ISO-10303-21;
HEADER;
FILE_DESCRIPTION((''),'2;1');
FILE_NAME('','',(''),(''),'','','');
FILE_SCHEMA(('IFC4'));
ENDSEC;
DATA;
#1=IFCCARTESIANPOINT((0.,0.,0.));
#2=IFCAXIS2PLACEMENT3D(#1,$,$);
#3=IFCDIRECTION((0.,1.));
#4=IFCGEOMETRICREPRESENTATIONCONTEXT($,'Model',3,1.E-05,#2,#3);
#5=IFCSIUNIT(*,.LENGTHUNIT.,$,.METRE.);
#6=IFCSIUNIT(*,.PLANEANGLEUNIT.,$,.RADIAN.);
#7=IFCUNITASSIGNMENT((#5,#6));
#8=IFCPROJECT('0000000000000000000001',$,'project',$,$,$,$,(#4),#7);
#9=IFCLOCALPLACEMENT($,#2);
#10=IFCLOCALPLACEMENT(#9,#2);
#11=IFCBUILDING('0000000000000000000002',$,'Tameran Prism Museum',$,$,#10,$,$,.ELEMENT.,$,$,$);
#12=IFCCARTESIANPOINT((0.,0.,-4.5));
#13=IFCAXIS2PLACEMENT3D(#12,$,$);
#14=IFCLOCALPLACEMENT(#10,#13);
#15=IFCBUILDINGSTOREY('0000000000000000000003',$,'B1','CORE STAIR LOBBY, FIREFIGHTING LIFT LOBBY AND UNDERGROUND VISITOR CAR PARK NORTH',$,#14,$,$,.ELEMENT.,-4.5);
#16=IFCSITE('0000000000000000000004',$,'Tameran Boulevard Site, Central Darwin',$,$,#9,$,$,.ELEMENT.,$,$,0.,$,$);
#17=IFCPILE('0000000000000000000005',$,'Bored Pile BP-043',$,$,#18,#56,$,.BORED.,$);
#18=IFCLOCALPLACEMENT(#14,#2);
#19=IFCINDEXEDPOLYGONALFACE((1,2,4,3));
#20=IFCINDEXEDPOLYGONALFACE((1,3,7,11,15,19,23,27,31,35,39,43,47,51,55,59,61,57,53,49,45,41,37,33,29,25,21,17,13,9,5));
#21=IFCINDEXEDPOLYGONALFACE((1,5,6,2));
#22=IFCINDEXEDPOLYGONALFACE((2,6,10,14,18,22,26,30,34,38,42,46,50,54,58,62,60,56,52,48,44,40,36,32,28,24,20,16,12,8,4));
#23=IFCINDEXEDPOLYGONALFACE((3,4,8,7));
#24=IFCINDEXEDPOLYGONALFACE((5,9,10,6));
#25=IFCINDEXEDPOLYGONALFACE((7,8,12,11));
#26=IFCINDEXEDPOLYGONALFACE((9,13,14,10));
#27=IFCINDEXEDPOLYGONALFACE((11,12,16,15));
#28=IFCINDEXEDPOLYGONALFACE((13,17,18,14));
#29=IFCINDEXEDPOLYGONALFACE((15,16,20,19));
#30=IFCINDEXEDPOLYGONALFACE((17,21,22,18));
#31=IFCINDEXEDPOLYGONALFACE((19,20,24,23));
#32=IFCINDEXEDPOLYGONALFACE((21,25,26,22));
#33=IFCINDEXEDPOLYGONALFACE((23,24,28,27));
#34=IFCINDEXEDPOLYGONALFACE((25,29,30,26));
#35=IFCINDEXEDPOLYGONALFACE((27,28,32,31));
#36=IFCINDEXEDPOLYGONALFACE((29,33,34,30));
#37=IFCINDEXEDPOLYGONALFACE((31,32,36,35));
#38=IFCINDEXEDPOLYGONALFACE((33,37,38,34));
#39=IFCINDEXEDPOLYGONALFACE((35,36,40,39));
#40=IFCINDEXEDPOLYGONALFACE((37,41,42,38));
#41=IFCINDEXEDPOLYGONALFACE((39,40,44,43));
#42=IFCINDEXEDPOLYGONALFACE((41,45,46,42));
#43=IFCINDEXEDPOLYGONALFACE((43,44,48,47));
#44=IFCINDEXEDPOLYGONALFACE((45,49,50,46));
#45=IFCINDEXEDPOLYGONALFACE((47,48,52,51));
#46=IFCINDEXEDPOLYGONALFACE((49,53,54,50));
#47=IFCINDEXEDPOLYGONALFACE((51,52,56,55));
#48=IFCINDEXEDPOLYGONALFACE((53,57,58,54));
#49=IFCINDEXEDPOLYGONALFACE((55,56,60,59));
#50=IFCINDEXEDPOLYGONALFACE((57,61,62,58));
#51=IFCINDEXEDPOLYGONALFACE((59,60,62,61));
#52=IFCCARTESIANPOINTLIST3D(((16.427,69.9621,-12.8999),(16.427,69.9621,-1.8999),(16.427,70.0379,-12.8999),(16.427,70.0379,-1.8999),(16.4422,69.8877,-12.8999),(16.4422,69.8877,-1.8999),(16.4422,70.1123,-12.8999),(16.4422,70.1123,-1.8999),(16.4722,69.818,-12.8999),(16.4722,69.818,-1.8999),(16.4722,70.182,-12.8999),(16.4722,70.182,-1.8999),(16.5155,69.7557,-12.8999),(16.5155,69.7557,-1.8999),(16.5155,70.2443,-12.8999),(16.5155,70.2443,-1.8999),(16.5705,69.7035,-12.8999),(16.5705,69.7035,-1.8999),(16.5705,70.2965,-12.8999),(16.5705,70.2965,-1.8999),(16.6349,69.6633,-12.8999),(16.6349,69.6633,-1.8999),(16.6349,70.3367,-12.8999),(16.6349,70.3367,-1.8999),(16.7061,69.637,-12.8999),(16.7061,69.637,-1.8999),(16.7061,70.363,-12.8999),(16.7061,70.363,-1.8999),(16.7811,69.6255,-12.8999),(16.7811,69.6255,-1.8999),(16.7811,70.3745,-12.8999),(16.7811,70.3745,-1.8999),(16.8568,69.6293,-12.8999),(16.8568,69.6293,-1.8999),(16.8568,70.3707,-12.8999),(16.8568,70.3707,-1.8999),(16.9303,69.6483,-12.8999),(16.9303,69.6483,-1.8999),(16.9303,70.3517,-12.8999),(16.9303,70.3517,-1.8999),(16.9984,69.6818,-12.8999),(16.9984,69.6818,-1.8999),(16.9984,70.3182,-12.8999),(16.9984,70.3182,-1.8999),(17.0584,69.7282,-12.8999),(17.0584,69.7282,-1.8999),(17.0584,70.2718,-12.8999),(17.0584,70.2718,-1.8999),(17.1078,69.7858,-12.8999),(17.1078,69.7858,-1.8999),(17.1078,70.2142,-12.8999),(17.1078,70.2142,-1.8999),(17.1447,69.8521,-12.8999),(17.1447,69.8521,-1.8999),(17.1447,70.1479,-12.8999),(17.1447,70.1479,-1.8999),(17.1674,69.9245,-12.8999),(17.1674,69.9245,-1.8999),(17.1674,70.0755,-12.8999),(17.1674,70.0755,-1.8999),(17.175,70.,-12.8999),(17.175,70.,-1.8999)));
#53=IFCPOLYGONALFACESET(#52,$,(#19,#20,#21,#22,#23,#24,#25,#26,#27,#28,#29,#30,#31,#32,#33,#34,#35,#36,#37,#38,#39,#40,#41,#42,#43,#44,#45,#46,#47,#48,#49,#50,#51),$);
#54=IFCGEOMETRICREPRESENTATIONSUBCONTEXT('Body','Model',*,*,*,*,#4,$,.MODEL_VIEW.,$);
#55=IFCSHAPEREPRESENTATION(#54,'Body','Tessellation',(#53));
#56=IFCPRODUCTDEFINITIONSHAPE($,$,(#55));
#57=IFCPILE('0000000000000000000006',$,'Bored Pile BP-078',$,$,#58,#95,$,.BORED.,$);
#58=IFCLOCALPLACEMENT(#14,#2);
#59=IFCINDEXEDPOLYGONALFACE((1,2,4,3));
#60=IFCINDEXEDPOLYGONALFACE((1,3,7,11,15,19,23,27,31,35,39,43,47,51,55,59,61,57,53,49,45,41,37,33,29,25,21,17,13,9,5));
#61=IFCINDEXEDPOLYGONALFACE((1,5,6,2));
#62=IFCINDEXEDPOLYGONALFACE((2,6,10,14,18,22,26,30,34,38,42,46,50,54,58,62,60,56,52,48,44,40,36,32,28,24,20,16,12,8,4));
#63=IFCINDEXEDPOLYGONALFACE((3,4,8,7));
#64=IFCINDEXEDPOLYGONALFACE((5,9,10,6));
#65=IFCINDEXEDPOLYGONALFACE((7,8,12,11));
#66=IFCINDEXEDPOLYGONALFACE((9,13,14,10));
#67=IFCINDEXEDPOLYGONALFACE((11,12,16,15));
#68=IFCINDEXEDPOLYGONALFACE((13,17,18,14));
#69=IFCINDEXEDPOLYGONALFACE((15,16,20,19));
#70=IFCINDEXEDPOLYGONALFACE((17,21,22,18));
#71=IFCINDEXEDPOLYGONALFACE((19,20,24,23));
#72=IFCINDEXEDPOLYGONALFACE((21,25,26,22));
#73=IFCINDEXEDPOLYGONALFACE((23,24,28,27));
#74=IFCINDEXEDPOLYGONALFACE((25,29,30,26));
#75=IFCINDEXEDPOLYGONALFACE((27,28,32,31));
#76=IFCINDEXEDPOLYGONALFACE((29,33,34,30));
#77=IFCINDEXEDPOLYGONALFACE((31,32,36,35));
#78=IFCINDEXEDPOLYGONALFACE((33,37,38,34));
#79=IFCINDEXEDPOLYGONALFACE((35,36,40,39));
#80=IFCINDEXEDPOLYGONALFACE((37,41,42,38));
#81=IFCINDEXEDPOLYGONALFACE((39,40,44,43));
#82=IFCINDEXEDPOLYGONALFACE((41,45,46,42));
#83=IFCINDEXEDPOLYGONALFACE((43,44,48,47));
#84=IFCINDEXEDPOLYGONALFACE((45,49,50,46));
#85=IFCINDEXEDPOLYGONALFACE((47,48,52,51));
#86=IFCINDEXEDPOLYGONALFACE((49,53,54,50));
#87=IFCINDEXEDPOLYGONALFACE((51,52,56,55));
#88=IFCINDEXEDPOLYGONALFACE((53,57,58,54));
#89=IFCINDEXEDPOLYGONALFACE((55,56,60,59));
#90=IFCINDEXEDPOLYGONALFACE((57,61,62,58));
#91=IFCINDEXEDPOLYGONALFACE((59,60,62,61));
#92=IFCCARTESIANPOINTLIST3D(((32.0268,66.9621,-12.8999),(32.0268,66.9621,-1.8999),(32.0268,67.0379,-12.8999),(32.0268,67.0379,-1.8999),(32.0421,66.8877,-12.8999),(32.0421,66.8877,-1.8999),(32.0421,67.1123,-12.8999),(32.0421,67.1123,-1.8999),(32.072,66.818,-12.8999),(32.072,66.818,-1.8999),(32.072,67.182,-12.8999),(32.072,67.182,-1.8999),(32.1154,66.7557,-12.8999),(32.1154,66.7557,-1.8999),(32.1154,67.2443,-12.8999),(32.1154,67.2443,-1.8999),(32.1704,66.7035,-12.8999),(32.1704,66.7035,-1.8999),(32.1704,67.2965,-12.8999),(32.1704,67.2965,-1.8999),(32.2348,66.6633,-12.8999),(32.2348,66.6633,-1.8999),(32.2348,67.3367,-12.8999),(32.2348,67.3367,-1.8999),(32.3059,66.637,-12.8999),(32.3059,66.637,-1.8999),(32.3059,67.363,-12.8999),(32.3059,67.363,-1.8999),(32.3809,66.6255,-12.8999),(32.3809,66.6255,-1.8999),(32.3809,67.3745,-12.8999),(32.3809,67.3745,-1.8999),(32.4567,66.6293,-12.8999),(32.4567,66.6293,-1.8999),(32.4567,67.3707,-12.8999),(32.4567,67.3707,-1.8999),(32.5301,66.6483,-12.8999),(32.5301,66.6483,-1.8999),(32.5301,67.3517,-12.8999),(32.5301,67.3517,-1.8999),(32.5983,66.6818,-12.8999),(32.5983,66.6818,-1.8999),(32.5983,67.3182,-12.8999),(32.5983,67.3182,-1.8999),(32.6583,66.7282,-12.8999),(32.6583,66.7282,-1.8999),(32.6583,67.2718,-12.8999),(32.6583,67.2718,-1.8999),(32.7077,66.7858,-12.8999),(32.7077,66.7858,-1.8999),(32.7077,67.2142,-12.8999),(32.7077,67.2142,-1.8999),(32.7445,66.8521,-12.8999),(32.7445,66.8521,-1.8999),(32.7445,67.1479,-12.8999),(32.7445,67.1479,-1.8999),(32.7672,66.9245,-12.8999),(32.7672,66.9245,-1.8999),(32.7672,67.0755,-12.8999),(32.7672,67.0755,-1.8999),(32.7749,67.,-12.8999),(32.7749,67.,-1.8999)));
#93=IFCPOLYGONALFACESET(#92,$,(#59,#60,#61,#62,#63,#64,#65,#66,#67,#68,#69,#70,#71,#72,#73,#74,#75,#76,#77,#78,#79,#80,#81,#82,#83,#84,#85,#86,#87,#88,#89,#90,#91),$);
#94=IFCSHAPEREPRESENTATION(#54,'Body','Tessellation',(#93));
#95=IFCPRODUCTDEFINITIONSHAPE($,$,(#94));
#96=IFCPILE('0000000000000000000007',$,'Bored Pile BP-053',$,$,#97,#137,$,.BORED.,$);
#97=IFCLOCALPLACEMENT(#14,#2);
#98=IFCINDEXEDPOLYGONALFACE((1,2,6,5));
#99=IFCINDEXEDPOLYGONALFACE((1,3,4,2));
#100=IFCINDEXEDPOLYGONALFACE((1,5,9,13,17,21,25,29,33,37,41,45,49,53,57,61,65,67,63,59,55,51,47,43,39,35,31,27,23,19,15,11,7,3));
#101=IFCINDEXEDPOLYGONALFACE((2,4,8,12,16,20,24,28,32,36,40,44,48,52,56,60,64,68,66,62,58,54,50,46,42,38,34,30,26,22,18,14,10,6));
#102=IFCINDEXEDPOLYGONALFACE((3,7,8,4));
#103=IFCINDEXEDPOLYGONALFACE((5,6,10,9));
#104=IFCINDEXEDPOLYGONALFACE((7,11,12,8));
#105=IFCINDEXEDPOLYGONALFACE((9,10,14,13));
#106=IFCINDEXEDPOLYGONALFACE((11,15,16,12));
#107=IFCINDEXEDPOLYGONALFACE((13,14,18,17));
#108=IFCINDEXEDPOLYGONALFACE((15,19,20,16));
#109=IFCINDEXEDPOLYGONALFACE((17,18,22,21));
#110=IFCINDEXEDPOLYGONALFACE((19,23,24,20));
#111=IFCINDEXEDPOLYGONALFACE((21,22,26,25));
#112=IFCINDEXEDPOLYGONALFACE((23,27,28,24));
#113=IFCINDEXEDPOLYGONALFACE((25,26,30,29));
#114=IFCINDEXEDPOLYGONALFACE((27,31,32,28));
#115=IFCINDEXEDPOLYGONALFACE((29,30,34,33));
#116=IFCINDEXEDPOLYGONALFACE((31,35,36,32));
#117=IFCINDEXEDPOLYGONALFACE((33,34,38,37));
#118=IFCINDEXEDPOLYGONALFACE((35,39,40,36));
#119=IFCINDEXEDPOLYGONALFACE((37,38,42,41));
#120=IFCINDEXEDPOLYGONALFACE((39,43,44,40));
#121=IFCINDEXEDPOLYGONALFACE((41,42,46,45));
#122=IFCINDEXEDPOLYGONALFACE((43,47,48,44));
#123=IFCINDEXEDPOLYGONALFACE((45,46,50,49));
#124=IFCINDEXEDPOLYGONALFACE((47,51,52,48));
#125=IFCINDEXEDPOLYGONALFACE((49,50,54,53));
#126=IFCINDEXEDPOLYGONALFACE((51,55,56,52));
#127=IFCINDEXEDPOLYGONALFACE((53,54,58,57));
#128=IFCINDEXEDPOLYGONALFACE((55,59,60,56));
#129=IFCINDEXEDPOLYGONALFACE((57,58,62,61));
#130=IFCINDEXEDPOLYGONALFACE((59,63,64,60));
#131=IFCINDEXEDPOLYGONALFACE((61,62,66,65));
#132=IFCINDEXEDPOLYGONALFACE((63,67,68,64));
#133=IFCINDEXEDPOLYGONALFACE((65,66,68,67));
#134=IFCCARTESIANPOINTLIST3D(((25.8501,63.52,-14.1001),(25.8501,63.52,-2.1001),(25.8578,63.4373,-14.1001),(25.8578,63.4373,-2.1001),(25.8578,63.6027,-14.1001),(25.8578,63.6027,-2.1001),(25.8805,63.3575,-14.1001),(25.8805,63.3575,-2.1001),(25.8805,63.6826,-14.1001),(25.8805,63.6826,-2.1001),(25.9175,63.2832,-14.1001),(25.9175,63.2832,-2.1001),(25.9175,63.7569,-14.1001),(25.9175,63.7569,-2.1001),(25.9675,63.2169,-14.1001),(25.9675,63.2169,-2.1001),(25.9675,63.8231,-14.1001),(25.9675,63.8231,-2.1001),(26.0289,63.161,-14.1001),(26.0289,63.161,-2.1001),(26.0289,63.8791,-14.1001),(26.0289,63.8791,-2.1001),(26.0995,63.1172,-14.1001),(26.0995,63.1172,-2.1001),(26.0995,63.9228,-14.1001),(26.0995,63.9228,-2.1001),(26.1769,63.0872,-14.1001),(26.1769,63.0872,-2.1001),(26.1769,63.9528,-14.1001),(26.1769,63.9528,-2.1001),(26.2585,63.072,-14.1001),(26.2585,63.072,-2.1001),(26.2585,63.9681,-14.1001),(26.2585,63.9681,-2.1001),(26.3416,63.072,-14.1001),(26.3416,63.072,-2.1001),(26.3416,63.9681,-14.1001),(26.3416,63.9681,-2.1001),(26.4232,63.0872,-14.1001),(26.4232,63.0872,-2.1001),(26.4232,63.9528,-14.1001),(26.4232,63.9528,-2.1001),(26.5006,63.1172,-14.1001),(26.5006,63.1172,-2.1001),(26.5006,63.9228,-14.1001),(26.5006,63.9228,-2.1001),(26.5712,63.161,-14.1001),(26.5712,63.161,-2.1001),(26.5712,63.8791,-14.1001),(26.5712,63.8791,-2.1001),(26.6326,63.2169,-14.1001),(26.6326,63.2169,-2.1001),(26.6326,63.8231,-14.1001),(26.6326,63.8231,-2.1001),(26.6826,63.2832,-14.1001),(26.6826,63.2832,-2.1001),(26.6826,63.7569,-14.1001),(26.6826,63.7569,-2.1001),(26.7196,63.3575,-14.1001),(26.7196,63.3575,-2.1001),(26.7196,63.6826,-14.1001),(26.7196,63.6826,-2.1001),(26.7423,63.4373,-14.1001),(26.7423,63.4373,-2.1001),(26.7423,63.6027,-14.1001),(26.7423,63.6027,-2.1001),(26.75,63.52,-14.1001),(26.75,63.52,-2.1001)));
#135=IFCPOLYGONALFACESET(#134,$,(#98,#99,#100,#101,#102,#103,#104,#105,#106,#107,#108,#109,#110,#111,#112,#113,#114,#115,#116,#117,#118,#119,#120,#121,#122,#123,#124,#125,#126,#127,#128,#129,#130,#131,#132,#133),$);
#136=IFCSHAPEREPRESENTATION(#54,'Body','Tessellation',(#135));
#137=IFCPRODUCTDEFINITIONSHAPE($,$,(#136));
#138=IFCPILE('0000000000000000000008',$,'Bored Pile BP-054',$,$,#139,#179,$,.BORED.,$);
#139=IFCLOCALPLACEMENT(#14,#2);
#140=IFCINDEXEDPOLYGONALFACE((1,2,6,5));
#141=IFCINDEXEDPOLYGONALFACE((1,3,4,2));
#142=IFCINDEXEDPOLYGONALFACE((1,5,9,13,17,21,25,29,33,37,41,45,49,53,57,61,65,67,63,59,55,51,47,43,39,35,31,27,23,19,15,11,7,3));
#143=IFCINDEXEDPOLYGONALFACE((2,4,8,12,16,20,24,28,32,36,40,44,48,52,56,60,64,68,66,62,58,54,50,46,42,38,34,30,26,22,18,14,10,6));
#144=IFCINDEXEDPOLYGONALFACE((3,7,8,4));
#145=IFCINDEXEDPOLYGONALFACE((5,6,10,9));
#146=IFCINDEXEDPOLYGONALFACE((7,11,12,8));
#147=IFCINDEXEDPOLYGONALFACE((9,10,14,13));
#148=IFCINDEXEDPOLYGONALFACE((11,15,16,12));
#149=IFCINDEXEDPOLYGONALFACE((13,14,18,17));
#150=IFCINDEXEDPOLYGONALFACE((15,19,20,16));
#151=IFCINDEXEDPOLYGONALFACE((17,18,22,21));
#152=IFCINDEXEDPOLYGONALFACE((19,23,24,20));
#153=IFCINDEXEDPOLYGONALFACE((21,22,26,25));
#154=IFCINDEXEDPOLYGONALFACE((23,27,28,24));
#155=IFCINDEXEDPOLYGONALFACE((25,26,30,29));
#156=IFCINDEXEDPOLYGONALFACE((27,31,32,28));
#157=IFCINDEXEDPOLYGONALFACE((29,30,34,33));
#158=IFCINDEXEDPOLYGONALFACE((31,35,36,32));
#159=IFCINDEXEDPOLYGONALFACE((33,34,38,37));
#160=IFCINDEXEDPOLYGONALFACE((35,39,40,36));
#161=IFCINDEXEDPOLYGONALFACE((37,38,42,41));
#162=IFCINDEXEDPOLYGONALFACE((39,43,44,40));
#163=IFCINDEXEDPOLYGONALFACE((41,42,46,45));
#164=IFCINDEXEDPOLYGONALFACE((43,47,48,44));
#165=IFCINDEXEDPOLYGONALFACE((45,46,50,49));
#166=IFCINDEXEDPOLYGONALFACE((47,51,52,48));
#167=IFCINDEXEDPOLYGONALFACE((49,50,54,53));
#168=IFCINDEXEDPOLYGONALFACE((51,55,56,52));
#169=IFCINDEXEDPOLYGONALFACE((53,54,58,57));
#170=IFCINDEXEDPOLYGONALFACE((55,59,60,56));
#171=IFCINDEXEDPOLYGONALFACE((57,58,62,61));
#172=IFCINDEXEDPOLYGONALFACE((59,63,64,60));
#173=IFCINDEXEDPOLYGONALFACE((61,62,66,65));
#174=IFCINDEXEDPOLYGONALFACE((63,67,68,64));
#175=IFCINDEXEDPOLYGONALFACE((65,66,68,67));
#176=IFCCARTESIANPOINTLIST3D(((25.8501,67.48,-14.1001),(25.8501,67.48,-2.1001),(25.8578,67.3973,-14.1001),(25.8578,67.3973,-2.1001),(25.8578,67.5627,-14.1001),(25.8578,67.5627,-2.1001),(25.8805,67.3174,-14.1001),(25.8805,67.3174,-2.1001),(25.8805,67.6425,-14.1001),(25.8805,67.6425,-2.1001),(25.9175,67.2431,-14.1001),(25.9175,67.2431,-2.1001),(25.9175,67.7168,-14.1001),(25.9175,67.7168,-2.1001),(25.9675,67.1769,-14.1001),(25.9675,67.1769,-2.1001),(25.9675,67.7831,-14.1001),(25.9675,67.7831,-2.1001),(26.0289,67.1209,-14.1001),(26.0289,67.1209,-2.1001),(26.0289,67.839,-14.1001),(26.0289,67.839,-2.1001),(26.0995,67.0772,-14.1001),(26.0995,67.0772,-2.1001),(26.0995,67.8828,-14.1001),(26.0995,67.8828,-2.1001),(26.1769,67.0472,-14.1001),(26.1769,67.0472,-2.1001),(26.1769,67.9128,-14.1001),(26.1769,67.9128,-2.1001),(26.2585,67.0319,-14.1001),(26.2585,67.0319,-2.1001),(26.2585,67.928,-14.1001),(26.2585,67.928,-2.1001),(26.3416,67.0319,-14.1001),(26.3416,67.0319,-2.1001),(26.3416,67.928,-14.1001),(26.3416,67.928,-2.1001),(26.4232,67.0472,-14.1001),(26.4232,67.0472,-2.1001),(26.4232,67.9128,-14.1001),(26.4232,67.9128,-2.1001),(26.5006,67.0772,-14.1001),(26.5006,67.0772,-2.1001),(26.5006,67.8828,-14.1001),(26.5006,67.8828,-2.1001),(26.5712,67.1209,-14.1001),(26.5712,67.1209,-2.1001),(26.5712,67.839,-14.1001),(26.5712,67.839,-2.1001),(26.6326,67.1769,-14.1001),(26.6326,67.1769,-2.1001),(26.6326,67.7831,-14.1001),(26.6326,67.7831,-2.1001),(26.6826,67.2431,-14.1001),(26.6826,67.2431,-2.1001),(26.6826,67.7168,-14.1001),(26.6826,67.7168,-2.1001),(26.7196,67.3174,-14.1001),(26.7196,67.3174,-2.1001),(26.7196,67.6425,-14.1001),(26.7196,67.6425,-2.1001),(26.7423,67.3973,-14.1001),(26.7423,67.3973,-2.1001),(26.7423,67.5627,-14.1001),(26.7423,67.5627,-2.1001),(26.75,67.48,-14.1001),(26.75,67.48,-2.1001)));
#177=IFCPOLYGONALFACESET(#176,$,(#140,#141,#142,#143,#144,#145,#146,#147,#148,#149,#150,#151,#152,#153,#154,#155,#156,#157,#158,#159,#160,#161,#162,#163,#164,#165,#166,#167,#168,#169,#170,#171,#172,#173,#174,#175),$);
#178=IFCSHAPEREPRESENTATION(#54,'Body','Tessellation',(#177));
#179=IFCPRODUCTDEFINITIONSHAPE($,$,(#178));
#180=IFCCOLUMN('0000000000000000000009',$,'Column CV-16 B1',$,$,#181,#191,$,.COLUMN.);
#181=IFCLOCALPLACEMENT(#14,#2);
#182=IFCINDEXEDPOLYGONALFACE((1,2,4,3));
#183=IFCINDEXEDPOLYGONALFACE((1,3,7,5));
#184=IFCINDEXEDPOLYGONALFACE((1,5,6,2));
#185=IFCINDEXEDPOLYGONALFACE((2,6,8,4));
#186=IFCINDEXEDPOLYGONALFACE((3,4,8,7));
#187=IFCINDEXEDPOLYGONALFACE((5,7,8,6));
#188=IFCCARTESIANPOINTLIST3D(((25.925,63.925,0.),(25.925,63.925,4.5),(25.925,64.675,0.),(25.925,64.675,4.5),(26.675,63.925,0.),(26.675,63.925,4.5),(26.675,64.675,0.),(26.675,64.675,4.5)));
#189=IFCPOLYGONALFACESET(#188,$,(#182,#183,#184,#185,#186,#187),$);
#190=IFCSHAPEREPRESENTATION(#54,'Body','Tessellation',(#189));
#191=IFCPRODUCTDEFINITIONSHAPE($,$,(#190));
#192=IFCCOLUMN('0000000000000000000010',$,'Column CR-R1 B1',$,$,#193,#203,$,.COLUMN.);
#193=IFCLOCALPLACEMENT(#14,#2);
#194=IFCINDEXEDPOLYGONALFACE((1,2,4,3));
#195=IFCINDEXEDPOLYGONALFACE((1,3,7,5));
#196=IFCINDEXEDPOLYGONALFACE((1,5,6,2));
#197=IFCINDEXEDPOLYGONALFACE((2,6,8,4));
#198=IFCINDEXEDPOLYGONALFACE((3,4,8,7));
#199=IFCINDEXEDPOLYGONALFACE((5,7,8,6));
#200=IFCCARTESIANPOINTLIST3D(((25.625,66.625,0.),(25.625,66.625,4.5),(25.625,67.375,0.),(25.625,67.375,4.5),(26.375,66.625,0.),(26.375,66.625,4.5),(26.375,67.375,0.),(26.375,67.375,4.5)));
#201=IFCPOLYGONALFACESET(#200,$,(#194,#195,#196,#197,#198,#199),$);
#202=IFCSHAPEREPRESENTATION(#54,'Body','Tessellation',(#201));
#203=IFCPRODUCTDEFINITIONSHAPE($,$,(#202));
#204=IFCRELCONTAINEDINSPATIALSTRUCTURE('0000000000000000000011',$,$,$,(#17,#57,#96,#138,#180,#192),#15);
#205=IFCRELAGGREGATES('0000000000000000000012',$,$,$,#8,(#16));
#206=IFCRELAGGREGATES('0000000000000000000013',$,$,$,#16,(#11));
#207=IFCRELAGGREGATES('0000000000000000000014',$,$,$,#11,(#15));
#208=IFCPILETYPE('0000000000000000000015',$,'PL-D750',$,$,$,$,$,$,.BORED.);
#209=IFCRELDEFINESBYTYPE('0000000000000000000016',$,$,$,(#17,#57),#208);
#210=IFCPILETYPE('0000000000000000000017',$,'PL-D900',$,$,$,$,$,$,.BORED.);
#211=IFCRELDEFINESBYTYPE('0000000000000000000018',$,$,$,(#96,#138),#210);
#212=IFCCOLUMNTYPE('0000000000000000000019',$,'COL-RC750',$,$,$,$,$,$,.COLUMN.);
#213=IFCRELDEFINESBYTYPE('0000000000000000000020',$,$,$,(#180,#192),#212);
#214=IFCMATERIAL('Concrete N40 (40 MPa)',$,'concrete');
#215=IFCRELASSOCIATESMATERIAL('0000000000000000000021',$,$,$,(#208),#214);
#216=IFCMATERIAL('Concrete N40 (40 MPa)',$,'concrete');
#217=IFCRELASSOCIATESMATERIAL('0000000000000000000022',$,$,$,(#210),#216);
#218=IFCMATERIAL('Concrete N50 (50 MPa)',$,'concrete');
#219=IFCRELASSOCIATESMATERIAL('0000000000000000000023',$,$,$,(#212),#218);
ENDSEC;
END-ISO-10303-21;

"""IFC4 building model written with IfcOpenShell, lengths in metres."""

from ifc_helpers import new_model, si_unit, direction, frame, origin, origin_2d, place, context, subcontext, project, spatial, rectangle, circle, extrude, material, material_profile, profile_set, type_object, element, save


model = new_model("IFC4")

# Units and contexts
model_context = context("Model", 3, precision=1e-05, world=origin(), true_north=direction((0.0, 1.0)))
body_context = subcontext(model_context, "Body", "Model", "MODEL_VIEW")
ifc_project = project(units=[si_unit("LENGTHUNIT", "METRE"), si_unit("PLANEANGLEUNIT", "RADIAN")], contexts=[model_context])

# Site, building, storey
site_placement = place(None, origin())
site = spatial("IfcSite", under=ifc_project, at=site_placement, Name="Tameran Boulevard Site, Central Darwin", CompositionType="ELEMENT", RefElevation=0.0)
building_placement = place(site_placement, origin())
building = spatial("IfcBuilding", under=site, at=building_placement, Name="Tameran Prism Museum", CompositionType="ELEMENT")
storey_placement = place(building_placement, frame((0.0, 0.0, -4.5)))
storey = spatial("IfcBuildingStorey", under=building, at=storey_placement, Name="B1", Description="CORE STAIR LOBBY, FIREFIGHTING LIFT LOBBY AND UNDERGROUND VISITOR CAR PARK NORTH", CompositionType="ELEMENT", Elevation=-4.5)

# Piles
ifc_material_1 = material(Name="Concrete N40 (40 MPa)", Category="concrete")
ifc_material_profile_1 = material_profile(ifc_material_1, circle(Radius=0.375, at=origin_2d()))
ifc_profile_set_1 = profile_set([ifc_material_profile_1])
pile_type_1 = type_object("IfcPileType", Name="PL-D750", PredefinedType="BORED", material=ifc_profile_set_1)
for number, where, z_axis, x_axis, name in (
    (1, (16.8, 70.0, -1.8999), (0.0, 0.0, -1.0), (1.0, 0.0, 0.0), "Bored Pile BP-043"),
    (2, (32.3999, 67.0, -1.8999), (0.0, 0.0, -1.0), (1.0, 0.0, 0.0), "Bored Pile BP-078"),
):
    element("IfcPile", number, at=place(storey_placement, frame(where, z_axis=z_axis, x_axis=x_axis)), inside=storey, type_object=pile_type_1, Name=name, PredefinedType="BORED", context=body_context, shape_type="SweptSolid", body=[
        extrude(circle(Radius=0.375, at=origin_2d()), origin(), (0.0, 0.0, 1.0), 11.0),
    ])
ifc_material_2 = material(Name="Concrete N40 (40 MPa)", Category="concrete")
ifc_material_profile_2 = material_profile(ifc_material_2, circle(Radius=0.45, at=origin_2d()))
ifc_profile_set_2 = profile_set([ifc_material_profile_2])
pile_type_2 = type_object("IfcPileType", Name="PL-D900", PredefinedType="BORED", material=ifc_profile_set_2)
for number, where, z_axis, x_axis, name in (
    (3, (26.3, 63.52, -2.1001), (0.0, 0.0, -1.0), (1.0, 0.0, 0.0), "Bored Pile BP-053"),
    (4, (26.3, 67.48, -2.1001), (0.0, 0.0, -1.0), (1.0, 0.0, 0.0), "Bored Pile BP-054"),
):
    element("IfcPile", number, at=place(storey_placement, frame(where, z_axis=z_axis, x_axis=x_axis)), inside=storey, type_object=pile_type_2, Name=name, PredefinedType="BORED", context=body_context, shape_type="SweptSolid", body=[
        extrude(circle(Radius=0.45, at=origin_2d()), origin(), (0.0, 0.0, 1.0), 12.0),
    ])

# Columns
ifc_material_3 = material(Name="Concrete N50 (50 MPa)", Category="concrete")
ifc_material_profile_3 = material_profile(ifc_material_3, rectangle(XDim=0.75, YDim=0.75, at=origin_2d()))
ifc_profile_set_3 = profile_set([ifc_material_profile_3])
column_type_1 = type_object("IfcColumnType", Name="COL-RC750", PredefinedType="COLUMN", material=ifc_profile_set_3)
for number, where, z_axis, x_axis, name in (
    (5, (26.3, 64.3, 0.0), (0.0, 0.0, 1.0), (1.0, 0.0, 0.0), "Column CV-16 B1"),
    (6, (26.0, 67.0, 0.0), (0.0, 0.0, 1.0), (1.0, 0.0, 0.0), "Column CR-R1 B1"),
):
    element("IfcColumn", number, at=place(storey_placement, frame(where, z_axis=z_axis, x_axis=x_axis)), inside=storey, type_object=column_type_1, Name=name, PredefinedType="COLUMN", context=body_context, shape_type="SweptSolid", body=[
        extrude(rectangle(XDim=0.75, YDim=0.75, at=origin_2d()), origin(), (0.0, 0.0, 1.0), 4.5),
    ])

save(model, "model.ifc")
